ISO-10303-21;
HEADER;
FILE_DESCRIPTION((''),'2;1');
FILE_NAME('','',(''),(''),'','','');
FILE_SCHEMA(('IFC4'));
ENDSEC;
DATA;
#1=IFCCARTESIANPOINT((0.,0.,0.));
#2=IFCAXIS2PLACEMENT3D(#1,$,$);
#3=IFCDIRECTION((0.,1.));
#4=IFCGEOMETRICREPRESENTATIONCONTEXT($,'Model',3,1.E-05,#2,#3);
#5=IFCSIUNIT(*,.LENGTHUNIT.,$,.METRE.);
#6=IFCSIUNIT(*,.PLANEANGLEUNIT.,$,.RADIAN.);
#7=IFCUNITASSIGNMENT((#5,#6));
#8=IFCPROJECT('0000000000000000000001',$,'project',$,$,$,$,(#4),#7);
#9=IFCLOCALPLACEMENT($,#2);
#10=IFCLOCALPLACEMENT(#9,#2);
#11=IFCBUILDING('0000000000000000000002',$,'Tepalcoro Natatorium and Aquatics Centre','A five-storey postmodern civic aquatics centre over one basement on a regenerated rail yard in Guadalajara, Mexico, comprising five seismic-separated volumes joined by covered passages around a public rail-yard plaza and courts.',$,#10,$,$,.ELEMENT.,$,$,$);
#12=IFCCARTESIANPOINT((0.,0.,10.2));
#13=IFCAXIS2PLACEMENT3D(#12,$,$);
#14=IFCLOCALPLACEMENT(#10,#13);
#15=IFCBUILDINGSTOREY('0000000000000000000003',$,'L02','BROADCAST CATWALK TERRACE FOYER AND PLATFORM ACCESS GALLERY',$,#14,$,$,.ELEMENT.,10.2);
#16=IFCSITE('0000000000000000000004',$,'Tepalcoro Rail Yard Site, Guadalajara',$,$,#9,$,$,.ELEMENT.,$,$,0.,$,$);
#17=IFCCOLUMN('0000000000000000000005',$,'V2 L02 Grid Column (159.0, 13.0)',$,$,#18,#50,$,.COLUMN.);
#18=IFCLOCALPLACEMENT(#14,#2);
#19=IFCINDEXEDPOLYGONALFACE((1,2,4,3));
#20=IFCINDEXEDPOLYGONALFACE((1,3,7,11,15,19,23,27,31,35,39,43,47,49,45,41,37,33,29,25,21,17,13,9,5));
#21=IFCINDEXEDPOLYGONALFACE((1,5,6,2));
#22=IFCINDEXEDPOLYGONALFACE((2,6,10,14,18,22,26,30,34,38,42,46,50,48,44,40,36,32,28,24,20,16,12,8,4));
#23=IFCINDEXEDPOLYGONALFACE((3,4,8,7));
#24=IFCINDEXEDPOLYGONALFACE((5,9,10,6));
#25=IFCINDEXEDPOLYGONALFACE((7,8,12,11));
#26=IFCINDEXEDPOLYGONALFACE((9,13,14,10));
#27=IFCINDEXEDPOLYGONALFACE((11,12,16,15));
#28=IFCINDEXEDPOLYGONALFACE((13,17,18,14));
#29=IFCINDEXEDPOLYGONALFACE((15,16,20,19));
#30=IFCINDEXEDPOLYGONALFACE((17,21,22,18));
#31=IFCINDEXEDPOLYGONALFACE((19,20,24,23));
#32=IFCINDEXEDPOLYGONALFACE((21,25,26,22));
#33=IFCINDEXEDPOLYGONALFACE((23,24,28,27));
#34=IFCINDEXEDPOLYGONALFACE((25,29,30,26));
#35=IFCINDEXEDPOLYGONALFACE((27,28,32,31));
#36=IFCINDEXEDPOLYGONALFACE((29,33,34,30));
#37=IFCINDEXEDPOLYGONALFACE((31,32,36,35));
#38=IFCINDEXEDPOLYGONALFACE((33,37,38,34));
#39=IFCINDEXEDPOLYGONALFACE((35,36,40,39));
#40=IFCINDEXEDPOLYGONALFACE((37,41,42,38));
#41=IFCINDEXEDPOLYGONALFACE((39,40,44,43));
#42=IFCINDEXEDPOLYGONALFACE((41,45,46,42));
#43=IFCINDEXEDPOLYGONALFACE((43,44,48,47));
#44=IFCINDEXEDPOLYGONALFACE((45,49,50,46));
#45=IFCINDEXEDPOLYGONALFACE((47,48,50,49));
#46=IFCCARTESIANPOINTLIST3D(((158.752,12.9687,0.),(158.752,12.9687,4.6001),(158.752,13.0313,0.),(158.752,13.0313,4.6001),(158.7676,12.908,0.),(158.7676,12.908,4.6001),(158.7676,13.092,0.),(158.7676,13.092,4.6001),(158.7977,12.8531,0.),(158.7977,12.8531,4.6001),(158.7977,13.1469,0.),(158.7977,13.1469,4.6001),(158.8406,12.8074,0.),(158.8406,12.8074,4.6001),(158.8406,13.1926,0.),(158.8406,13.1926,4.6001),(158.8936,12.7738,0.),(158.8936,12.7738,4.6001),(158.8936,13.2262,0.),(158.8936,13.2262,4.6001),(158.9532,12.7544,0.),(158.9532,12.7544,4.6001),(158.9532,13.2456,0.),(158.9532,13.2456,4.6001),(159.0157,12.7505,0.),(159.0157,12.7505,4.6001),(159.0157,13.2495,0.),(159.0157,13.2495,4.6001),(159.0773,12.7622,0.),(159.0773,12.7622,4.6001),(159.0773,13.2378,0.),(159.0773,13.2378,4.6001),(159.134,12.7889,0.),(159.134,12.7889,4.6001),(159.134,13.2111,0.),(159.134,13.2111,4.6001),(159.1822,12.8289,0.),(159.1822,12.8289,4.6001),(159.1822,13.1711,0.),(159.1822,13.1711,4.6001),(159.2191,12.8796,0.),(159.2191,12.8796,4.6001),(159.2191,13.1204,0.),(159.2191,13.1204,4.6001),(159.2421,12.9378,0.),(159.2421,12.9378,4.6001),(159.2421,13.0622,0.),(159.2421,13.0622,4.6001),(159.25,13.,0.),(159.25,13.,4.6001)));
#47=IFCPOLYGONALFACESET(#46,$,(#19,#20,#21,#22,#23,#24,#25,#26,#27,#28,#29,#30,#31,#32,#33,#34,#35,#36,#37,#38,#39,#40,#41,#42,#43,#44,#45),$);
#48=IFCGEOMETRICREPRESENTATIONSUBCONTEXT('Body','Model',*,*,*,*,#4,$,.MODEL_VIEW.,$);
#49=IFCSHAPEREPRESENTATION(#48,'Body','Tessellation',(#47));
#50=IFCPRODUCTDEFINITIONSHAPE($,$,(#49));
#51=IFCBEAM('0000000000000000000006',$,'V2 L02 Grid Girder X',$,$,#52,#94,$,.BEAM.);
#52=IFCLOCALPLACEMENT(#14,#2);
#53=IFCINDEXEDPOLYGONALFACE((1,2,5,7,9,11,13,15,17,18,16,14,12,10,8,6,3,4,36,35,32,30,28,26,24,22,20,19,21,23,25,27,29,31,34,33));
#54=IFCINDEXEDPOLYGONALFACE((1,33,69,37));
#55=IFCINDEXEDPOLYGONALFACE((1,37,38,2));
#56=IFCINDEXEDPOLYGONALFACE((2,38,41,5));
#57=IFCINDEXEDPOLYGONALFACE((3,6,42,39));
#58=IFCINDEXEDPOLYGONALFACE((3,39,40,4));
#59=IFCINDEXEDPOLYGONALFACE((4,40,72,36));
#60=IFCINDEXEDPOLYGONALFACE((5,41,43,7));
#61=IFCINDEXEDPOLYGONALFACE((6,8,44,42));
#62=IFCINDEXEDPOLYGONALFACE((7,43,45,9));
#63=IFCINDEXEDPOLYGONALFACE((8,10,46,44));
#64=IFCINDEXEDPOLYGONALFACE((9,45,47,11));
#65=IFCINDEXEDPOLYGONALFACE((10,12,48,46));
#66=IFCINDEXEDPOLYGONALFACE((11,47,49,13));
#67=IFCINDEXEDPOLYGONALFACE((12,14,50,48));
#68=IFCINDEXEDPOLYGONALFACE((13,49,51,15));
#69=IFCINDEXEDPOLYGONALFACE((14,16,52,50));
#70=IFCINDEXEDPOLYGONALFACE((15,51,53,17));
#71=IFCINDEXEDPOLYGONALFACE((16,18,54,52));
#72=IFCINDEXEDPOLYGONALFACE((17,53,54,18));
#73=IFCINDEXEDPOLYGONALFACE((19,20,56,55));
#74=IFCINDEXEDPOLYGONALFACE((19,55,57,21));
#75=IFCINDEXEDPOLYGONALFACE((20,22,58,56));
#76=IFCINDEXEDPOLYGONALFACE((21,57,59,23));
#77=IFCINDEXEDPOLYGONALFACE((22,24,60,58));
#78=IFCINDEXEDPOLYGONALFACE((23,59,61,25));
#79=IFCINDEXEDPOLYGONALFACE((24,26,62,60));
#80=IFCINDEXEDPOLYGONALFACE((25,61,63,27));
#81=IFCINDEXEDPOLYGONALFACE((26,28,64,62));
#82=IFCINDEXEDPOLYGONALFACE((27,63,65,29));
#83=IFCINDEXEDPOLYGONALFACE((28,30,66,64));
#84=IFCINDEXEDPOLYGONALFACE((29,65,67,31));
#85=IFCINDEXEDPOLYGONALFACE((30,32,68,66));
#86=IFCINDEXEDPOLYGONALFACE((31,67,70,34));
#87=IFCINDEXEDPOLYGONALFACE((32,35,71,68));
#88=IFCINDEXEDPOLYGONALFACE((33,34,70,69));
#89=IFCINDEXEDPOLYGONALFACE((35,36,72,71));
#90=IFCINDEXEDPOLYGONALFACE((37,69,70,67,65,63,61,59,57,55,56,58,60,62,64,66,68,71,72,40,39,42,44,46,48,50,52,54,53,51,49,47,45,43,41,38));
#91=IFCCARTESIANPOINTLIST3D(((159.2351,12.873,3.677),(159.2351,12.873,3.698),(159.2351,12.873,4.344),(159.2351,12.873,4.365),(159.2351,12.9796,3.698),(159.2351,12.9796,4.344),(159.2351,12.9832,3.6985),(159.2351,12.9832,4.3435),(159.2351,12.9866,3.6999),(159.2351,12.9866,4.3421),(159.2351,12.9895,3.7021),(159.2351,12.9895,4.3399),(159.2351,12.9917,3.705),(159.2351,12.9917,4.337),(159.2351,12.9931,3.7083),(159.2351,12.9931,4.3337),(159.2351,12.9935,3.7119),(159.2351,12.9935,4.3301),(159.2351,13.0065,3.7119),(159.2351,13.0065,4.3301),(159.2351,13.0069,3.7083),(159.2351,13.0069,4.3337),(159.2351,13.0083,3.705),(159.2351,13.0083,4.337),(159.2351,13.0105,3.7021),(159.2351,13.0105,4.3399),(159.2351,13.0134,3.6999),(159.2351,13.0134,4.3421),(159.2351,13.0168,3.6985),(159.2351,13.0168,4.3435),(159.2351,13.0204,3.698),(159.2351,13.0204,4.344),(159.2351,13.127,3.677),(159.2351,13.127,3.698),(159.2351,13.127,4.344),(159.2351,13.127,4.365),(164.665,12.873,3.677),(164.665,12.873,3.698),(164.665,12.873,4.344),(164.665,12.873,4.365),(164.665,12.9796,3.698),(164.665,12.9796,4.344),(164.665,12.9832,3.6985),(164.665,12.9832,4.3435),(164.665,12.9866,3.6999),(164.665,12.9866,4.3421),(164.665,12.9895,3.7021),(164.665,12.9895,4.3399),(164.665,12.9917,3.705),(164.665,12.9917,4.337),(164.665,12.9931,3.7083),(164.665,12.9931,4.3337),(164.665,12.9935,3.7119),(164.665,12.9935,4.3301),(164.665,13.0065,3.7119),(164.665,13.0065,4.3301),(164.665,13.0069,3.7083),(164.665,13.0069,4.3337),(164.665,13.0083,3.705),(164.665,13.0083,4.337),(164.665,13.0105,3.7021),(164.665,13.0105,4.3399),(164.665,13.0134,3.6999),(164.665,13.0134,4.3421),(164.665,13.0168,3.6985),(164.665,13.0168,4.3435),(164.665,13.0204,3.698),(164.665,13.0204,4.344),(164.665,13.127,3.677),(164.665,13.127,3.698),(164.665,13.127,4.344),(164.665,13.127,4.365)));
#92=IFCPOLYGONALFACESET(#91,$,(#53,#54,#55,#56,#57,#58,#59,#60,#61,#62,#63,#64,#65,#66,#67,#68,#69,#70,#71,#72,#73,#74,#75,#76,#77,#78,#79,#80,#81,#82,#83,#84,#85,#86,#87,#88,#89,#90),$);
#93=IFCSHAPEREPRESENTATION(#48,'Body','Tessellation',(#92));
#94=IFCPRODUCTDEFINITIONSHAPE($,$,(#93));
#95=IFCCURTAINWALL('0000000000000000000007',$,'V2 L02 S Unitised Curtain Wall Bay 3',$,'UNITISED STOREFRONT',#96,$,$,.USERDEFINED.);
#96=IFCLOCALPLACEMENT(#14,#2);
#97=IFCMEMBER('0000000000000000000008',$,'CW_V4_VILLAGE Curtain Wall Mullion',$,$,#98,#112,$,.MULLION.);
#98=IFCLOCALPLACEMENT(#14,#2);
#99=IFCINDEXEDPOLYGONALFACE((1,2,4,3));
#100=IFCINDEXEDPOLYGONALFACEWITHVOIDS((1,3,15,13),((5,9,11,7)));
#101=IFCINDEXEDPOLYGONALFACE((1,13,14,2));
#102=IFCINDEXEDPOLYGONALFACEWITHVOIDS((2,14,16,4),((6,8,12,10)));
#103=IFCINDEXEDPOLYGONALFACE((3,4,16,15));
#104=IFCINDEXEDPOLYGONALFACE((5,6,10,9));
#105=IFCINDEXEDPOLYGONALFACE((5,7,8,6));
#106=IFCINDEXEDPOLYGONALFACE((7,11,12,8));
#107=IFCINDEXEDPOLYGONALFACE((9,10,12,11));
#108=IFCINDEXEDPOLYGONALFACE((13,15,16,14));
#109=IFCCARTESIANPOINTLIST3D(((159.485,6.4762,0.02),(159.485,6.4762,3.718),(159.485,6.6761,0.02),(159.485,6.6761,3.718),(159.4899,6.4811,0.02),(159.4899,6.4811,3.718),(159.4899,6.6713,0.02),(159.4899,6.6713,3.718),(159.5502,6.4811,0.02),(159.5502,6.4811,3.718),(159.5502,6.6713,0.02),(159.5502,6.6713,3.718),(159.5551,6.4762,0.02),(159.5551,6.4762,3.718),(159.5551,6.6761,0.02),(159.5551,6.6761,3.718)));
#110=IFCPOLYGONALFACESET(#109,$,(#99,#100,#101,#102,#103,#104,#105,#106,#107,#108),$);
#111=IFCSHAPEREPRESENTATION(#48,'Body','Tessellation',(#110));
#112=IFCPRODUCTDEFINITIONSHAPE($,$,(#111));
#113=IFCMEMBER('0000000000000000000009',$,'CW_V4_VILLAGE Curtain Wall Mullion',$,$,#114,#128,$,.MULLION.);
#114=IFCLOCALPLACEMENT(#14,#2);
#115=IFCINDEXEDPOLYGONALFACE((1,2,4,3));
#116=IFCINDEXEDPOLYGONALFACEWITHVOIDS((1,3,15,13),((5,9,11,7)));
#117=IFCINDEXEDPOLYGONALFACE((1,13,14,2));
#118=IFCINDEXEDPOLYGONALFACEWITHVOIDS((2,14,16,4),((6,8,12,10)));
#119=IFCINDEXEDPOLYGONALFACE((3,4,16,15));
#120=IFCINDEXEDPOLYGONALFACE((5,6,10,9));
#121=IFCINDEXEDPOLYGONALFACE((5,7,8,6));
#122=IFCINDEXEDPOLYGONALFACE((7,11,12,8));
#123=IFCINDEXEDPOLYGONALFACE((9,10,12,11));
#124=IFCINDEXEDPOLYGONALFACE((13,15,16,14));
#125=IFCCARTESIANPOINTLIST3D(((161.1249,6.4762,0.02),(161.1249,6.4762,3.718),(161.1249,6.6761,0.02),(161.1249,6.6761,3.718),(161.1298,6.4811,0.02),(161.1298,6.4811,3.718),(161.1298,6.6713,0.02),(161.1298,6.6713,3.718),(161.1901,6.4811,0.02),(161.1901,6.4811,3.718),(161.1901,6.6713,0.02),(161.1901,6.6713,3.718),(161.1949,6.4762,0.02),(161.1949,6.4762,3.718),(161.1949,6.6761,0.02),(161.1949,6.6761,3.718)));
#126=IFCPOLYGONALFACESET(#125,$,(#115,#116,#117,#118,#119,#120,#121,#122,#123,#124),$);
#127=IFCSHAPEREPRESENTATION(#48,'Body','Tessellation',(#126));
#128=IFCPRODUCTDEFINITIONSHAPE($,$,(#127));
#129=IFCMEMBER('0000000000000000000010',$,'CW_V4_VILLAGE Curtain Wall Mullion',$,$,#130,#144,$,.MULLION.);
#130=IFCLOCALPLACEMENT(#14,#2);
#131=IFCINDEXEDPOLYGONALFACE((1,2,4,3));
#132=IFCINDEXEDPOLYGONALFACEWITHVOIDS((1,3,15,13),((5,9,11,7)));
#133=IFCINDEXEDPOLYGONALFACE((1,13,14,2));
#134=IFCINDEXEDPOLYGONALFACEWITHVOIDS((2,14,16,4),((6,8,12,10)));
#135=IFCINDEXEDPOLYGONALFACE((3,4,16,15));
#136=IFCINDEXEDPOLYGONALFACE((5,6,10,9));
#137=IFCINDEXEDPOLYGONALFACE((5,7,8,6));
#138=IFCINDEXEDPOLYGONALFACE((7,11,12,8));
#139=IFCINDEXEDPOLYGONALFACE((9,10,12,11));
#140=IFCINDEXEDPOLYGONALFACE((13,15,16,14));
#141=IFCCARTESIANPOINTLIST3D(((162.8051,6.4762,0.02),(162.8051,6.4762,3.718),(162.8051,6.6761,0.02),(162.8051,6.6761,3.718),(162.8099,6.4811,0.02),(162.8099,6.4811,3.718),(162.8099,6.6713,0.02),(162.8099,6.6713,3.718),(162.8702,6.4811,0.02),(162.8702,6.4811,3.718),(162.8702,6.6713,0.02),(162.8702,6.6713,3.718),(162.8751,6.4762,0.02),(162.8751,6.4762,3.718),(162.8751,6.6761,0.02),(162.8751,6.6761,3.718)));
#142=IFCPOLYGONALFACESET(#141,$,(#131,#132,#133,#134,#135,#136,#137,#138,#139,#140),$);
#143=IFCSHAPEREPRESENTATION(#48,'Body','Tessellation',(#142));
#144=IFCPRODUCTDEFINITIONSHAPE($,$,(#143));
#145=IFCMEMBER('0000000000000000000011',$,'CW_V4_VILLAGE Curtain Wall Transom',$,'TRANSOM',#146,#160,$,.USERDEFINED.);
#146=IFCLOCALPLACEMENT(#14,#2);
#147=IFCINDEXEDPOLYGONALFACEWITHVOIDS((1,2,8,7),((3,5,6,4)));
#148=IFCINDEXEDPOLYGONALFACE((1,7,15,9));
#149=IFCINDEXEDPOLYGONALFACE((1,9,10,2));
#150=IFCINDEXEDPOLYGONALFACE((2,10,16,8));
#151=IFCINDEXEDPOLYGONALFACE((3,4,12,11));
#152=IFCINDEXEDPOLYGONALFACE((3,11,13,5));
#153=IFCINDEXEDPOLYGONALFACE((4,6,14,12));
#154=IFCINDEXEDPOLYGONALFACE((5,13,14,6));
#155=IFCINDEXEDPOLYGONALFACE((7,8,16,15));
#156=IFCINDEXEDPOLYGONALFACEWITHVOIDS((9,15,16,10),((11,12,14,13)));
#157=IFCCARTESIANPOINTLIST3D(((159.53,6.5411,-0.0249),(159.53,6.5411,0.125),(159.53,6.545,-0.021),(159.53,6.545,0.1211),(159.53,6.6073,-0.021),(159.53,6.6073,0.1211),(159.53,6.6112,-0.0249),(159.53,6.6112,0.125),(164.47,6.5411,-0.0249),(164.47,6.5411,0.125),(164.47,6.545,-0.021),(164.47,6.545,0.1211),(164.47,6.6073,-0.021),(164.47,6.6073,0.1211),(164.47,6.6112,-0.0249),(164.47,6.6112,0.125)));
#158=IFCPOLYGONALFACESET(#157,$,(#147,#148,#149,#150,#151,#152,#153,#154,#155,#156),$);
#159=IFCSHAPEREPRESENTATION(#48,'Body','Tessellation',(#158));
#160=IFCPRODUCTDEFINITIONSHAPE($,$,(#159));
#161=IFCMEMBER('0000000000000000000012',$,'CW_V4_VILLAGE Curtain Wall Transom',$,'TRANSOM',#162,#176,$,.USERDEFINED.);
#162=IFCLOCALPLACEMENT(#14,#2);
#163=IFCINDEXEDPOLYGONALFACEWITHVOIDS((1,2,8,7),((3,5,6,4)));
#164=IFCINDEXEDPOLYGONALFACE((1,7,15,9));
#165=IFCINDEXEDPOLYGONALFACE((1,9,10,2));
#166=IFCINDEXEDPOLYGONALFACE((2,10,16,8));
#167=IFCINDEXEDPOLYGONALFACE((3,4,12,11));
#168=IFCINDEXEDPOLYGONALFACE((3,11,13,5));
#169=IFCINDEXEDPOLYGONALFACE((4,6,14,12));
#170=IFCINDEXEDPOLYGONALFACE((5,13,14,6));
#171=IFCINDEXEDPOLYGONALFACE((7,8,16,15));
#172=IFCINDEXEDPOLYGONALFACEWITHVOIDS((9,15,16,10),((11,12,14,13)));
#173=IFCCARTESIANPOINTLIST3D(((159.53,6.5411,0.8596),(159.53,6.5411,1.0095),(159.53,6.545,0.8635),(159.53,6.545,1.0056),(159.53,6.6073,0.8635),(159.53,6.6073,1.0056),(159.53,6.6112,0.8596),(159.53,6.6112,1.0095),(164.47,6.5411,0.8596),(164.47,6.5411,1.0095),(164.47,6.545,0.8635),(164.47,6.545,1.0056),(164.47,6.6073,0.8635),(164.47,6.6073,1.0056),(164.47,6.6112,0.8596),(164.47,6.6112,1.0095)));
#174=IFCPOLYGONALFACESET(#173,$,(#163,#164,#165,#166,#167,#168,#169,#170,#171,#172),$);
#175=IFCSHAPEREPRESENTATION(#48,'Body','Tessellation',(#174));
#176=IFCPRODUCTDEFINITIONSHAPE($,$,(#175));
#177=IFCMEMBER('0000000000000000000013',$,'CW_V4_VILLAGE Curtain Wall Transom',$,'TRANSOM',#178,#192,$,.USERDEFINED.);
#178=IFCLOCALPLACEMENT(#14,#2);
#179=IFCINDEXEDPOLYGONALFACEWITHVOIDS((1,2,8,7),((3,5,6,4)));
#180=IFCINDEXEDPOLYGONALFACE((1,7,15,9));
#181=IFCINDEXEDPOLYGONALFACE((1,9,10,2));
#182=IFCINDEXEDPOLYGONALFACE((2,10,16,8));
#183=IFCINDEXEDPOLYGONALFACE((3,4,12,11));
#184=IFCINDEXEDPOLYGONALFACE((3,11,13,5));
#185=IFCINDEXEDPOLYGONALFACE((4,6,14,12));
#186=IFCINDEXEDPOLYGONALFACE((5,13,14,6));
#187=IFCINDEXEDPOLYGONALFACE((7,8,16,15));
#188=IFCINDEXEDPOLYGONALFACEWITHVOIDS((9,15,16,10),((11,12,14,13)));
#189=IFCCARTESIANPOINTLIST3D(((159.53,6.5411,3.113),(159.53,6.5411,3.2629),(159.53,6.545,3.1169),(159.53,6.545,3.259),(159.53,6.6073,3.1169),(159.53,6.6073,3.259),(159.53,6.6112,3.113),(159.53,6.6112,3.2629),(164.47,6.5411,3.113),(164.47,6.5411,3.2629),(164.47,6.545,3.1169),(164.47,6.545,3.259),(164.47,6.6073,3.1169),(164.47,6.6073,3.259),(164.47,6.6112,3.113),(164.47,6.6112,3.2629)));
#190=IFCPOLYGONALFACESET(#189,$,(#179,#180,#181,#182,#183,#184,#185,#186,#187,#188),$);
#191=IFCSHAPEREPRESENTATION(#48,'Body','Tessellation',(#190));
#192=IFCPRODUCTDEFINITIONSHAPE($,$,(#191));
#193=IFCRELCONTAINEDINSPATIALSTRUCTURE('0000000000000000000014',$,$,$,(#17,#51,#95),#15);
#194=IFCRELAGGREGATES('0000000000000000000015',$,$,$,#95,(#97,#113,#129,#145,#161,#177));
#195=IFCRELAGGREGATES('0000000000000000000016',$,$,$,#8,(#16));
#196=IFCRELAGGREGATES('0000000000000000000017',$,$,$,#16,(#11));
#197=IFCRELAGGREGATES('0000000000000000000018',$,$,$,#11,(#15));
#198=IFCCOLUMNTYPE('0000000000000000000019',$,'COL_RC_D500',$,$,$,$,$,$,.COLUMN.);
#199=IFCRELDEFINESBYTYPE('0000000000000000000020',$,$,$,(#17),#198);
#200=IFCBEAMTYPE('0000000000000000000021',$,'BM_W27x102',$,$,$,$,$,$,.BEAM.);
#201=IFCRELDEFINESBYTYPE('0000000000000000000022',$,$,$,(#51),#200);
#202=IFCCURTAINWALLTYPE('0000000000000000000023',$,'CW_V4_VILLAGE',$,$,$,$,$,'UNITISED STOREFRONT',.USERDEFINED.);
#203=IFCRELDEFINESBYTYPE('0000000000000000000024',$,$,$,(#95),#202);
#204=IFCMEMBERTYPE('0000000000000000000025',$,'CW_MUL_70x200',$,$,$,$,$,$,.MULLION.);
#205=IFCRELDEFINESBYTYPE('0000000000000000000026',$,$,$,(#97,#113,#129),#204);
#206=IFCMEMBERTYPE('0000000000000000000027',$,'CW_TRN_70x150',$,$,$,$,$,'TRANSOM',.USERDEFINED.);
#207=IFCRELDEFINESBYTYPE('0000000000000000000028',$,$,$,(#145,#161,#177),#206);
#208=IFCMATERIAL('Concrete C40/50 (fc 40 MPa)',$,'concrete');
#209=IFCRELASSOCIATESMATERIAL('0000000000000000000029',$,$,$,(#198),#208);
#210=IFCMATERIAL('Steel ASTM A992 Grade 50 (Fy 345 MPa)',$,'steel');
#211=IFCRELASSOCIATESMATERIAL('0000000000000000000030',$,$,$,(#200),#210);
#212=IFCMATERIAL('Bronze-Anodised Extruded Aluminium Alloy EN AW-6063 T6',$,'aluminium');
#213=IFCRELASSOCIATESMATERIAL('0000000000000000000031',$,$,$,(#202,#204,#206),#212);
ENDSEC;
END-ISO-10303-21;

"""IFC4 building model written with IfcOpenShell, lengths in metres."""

from ifc_helpers import new_model, si_unit, direction, frame, origin, origin_2d, place, context, subcontext, project, spatial, hollow_rectangle, circle, i_section, extrude, material, material_profile, profile_set, type_object, element, aggregate, save


model = new_model("IFC4")

# Units and contexts
model_context = context("Model", 3, precision=1e-05, world=origin(), true_north=direction((0.0, 1.0)))
body_context = subcontext(model_context, "Body", "Model", "MODEL_VIEW")
ifc_project = project(units=[si_unit("LENGTHUNIT", "METRE"), si_unit("PLANEANGLEUNIT", "RADIAN")], contexts=[model_context])

# Site, building, storey
site_placement = place(None, origin())
site = spatial("IfcSite", under=ifc_project, at=site_placement, Name="Tepalcoro Rail Yard Site, Guadalajara", CompositionType="ELEMENT", RefElevation=0.0)
building_placement = place(site_placement, origin())
building = spatial("IfcBuilding", under=site, at=building_placement, Name="Tepalcoro Natatorium and Aquatics Centre", Description="A five-storey postmodern civic aquatics centre over one basement on a regenerated rail yard in Guadalajara, Mexico, comprising five seismic-separated volumes joined by covered passages around a public rail-yard plaza and courts.", CompositionType="ELEMENT")
storey_placement = place(building_placement, frame((0.0, 0.0, 10.2)))
storey = spatial("IfcBuildingStorey", under=building, at=storey_placement, Name="L02", Description="BROADCAST CATWALK TERRACE FOYER AND PLATFORM ACCESS GALLERY", CompositionType="ELEMENT", Elevation=10.2)

# Column
ifc_material_1 = material(Name="Concrete C40/50 (fc 40 MPa)", Category="concrete")
ifc_material_profile_1 = material_profile(ifc_material_1, circle(Radius=0.25, at=origin_2d()), Name="RCD500")
ifc_profile_set_1 = profile_set([ifc_material_profile_1], Name="Concrete C40/50 (fc 40 MPa)")
column_type = type_object("IfcColumnType", Name="COL_RC_D500", PredefinedType="COLUMN", material=ifc_profile_set_1)
column_placement = place(storey_placement, frame((159.0, 13.0, 0.0), z_axis=(0.0, 0.0, 1.0), x_axis=(1.0, 0.0, 0.0)))
element("IfcColumn", 1, at=column_placement, inside=storey, type_object=column_type, Name="V2 L02 Grid Column (159.0, 13.0)", PredefinedType="COLUMN", context=body_context, shape_type="SweptSolid", body=[
    extrude(circle(Radius=0.25, at=origin_2d()), origin(), (0.0, 0.0, 1.0), 4.6001),
])

# Beam
ifc_material_2 = material(Name="Steel ASTM A992 Grade 50 (Fy 345 MPa)", Category="steel")
ifc_material_profile_2 = material_profile(ifc_material_2, i_section(OverallWidth=0.2539, OverallDepth=0.688, WebThickness=0.0129, FlangeThickness=0.021, FilletRadius=0.0139, at=origin_2d()), Name="W27X102")
ifc_profile_set_2 = profile_set([ifc_material_profile_2], Name="Steel ASTM A992 Grade 50 (Fy 345 MPa)")
beam_type_1 = type_object("IfcBeamType", Name="BM_W27x102", PredefinedType="BEAM", material=ifc_profile_set_2)
beam_1_placement = place(storey_placement, frame((159.2351, 13.0, 4.021), z_axis=(1.0, 0.0, 0.0), x_axis=(0.0, 1.0, 0.0)))
element("IfcBeam", 2, at=beam_1_placement, inside=storey, type_object=beam_type_1, Name="V2 L02 Grid Girder X", PredefinedType="BEAM", context=body_context, shape_type="SweptSolid", body=[
    extrude(i_section(OverallWidth=0.2539, OverallDepth=0.688, WebThickness=0.0129, FlangeThickness=0.021, FilletRadius=0.0139, at=origin_2d()), origin(), (0.0, 0.0, 1.0), 5.4299),
])

# Curtain wall, members
ifc_material_3 = material(Name="Bronze-Anodised Extruded Aluminium Alloy EN AW-6063 T6", Category="aluminium")
curtain_wall_type = type_object("IfcCurtainWallType", Name="CW_V4_VILLAGE", ElementType="UNITISED STOREFRONT", PredefinedType="USERDEFINED", material=ifc_material_3)
curtain_wall_placement = place(storey_placement, origin())
curtain_wall = element("IfcCurtainWall", 3, at=curtain_wall_placement, inside=storey, type_object=curtain_wall_type, Name="V2 L02 S Unitised Curtain Wall Bay 3", ObjectType="UNITISED STOREFRONT", PredefinedType="USERDEFINED")
ifc_material_profile_3 = material_profile(ifc_material_3, hollow_rectangle(XDim=0.0701, YDim=0.2, WallThickness=0.0049, at=origin_2d()), Name="AL70X200X5")
ifc_profile_set_3 = profile_set([ifc_material_profile_3], Name="Bronze-Anodised Extruded Aluminium Alloy EN AW-6063 T6")
member_type_1 = type_object("IfcMemberType", Name="CW_MUL_70x200", PredefinedType="MULLION", material=ifc_profile_set_3)
member_1_placement = place(storey_placement, frame((159.52, 6.5762, 0.02), z_axis=(0.0, 0.0, 1.0), x_axis=(1.0, 0.0, 0.0)))
member_1 = element("IfcMember", 4, at=member_1_placement, type_object=member_type_1, Name="CW_V4_VILLAGE Curtain Wall Mullion", PredefinedType="MULLION", context=body_context, shape_type="SweptSolid", body=[
    extrude(hollow_rectangle(XDim=0.0701, YDim=0.2, WallThickness=0.0049, at=origin_2d()), origin(), (0.0, 0.0, 1.0), 3.698),
])
member_2_placement = place(storey_placement, frame((161.1599, 6.5762, 0.02), z_axis=(0.0, 0.0, 1.0), x_axis=(1.0, 0.0, 0.0)))
member_2 = element("IfcMember", 5, at=member_2_placement, type_object=member_type_1, Name="CW_V4_VILLAGE Curtain Wall Mullion", PredefinedType="MULLION", context=body_context, shape_type="SweptSolid", body=[
    extrude(hollow_rectangle(XDim=0.0701, YDim=0.2, WallThickness=0.0049, at=origin_2d()), origin(), (0.0, 0.0, 1.0), 3.698),
])
member_3_placement = place(storey_placement, frame((162.8401, 6.5762, 0.02), z_axis=(0.0, 0.0, 1.0), x_axis=(1.0, 0.0, 0.0)))
member_3 = element("IfcMember", 6, at=member_3_placement, type_object=member_type_1, Name="CW_V4_VILLAGE Curtain Wall Mullion", PredefinedType="MULLION", context=body_context, shape_type="SweptSolid", body=[
    extrude(hollow_rectangle(XDim=0.0701, YDim=0.2, WallThickness=0.0049, at=origin_2d()), origin(), (0.0, 0.0, 1.0), 3.698),
])
ifc_material_profile_4 = material_profile(ifc_material_3, hollow_rectangle(XDim=0.0701, YDim=0.1499, WallThickness=0.0039, at=origin_2d()), Name="AL70X150X4")
ifc_profile_set_4 = profile_set([ifc_material_profile_4], Name="Bronze-Anodised Extruded Aluminium Alloy EN AW-6063 T6")
member_type_2 = type_object("IfcMemberType", Name="CW_TRN_70x150", ElementType="TRANSOM", PredefinedType="USERDEFINED", material=ifc_profile_set_4)
member_4_placement = place(storey_placement, frame((159.53, 6.5762, 0.05), z_axis=(1.0, 0.0, 0.0), x_axis=(0.0, 1.0, 0.0)))
member_4 = element("IfcMember", 7, at=member_4_placement, type_object=member_type_2, Name="CW_V4_VILLAGE Curtain Wall Transom", ObjectType="TRANSOM", PredefinedType="USERDEFINED", context=body_context, shape_type="SweptSolid", body=[
    extrude(hollow_rectangle(XDim=0.0701, YDim=0.1499, WallThickness=0.0039, at=origin_2d()), origin(), (0.0, 0.0, 1.0), 4.9399),
])
member_5_placement = place(storey_placement, frame((159.53, 6.5762, 0.9346), z_axis=(1.0, 0.0, 0.0), x_axis=(0.0, 1.0, 0.0)))
member_5 = element("IfcMember", 8, at=member_5_placement, type_object=member_type_2, Name="CW_V4_VILLAGE Curtain Wall Transom", ObjectType="TRANSOM", PredefinedType="USERDEFINED", context=body_context, shape_type="SweptSolid", body=[
    extrude(hollow_rectangle(XDim=0.0701, YDim=0.1499, WallThickness=0.0039, at=origin_2d()), origin(), (0.0, 0.0, 1.0), 4.9399),
])
member_6_placement = place(storey_placement, frame((159.53, 6.5762, 3.188), z_axis=(1.0, 0.0, 0.0), x_axis=(0.0, 1.0, 0.0)))
member_6 = element("IfcMember", 9, at=member_6_placement, type_object=member_type_2, Name="CW_V4_VILLAGE Curtain Wall Transom", ObjectType="TRANSOM", PredefinedType="USERDEFINED", context=body_context, shape_type="SweptSolid", body=[
    extrude(hollow_rectangle(XDim=0.0701, YDim=0.1499, WallThickness=0.0039, at=origin_2d()), origin(), (0.0, 0.0, 1.0), 4.9399),
])

aggregate(curtain_wall, [member_1, member_2, member_3, member_4, member_5, member_6])

save(model, "model.ifc")
